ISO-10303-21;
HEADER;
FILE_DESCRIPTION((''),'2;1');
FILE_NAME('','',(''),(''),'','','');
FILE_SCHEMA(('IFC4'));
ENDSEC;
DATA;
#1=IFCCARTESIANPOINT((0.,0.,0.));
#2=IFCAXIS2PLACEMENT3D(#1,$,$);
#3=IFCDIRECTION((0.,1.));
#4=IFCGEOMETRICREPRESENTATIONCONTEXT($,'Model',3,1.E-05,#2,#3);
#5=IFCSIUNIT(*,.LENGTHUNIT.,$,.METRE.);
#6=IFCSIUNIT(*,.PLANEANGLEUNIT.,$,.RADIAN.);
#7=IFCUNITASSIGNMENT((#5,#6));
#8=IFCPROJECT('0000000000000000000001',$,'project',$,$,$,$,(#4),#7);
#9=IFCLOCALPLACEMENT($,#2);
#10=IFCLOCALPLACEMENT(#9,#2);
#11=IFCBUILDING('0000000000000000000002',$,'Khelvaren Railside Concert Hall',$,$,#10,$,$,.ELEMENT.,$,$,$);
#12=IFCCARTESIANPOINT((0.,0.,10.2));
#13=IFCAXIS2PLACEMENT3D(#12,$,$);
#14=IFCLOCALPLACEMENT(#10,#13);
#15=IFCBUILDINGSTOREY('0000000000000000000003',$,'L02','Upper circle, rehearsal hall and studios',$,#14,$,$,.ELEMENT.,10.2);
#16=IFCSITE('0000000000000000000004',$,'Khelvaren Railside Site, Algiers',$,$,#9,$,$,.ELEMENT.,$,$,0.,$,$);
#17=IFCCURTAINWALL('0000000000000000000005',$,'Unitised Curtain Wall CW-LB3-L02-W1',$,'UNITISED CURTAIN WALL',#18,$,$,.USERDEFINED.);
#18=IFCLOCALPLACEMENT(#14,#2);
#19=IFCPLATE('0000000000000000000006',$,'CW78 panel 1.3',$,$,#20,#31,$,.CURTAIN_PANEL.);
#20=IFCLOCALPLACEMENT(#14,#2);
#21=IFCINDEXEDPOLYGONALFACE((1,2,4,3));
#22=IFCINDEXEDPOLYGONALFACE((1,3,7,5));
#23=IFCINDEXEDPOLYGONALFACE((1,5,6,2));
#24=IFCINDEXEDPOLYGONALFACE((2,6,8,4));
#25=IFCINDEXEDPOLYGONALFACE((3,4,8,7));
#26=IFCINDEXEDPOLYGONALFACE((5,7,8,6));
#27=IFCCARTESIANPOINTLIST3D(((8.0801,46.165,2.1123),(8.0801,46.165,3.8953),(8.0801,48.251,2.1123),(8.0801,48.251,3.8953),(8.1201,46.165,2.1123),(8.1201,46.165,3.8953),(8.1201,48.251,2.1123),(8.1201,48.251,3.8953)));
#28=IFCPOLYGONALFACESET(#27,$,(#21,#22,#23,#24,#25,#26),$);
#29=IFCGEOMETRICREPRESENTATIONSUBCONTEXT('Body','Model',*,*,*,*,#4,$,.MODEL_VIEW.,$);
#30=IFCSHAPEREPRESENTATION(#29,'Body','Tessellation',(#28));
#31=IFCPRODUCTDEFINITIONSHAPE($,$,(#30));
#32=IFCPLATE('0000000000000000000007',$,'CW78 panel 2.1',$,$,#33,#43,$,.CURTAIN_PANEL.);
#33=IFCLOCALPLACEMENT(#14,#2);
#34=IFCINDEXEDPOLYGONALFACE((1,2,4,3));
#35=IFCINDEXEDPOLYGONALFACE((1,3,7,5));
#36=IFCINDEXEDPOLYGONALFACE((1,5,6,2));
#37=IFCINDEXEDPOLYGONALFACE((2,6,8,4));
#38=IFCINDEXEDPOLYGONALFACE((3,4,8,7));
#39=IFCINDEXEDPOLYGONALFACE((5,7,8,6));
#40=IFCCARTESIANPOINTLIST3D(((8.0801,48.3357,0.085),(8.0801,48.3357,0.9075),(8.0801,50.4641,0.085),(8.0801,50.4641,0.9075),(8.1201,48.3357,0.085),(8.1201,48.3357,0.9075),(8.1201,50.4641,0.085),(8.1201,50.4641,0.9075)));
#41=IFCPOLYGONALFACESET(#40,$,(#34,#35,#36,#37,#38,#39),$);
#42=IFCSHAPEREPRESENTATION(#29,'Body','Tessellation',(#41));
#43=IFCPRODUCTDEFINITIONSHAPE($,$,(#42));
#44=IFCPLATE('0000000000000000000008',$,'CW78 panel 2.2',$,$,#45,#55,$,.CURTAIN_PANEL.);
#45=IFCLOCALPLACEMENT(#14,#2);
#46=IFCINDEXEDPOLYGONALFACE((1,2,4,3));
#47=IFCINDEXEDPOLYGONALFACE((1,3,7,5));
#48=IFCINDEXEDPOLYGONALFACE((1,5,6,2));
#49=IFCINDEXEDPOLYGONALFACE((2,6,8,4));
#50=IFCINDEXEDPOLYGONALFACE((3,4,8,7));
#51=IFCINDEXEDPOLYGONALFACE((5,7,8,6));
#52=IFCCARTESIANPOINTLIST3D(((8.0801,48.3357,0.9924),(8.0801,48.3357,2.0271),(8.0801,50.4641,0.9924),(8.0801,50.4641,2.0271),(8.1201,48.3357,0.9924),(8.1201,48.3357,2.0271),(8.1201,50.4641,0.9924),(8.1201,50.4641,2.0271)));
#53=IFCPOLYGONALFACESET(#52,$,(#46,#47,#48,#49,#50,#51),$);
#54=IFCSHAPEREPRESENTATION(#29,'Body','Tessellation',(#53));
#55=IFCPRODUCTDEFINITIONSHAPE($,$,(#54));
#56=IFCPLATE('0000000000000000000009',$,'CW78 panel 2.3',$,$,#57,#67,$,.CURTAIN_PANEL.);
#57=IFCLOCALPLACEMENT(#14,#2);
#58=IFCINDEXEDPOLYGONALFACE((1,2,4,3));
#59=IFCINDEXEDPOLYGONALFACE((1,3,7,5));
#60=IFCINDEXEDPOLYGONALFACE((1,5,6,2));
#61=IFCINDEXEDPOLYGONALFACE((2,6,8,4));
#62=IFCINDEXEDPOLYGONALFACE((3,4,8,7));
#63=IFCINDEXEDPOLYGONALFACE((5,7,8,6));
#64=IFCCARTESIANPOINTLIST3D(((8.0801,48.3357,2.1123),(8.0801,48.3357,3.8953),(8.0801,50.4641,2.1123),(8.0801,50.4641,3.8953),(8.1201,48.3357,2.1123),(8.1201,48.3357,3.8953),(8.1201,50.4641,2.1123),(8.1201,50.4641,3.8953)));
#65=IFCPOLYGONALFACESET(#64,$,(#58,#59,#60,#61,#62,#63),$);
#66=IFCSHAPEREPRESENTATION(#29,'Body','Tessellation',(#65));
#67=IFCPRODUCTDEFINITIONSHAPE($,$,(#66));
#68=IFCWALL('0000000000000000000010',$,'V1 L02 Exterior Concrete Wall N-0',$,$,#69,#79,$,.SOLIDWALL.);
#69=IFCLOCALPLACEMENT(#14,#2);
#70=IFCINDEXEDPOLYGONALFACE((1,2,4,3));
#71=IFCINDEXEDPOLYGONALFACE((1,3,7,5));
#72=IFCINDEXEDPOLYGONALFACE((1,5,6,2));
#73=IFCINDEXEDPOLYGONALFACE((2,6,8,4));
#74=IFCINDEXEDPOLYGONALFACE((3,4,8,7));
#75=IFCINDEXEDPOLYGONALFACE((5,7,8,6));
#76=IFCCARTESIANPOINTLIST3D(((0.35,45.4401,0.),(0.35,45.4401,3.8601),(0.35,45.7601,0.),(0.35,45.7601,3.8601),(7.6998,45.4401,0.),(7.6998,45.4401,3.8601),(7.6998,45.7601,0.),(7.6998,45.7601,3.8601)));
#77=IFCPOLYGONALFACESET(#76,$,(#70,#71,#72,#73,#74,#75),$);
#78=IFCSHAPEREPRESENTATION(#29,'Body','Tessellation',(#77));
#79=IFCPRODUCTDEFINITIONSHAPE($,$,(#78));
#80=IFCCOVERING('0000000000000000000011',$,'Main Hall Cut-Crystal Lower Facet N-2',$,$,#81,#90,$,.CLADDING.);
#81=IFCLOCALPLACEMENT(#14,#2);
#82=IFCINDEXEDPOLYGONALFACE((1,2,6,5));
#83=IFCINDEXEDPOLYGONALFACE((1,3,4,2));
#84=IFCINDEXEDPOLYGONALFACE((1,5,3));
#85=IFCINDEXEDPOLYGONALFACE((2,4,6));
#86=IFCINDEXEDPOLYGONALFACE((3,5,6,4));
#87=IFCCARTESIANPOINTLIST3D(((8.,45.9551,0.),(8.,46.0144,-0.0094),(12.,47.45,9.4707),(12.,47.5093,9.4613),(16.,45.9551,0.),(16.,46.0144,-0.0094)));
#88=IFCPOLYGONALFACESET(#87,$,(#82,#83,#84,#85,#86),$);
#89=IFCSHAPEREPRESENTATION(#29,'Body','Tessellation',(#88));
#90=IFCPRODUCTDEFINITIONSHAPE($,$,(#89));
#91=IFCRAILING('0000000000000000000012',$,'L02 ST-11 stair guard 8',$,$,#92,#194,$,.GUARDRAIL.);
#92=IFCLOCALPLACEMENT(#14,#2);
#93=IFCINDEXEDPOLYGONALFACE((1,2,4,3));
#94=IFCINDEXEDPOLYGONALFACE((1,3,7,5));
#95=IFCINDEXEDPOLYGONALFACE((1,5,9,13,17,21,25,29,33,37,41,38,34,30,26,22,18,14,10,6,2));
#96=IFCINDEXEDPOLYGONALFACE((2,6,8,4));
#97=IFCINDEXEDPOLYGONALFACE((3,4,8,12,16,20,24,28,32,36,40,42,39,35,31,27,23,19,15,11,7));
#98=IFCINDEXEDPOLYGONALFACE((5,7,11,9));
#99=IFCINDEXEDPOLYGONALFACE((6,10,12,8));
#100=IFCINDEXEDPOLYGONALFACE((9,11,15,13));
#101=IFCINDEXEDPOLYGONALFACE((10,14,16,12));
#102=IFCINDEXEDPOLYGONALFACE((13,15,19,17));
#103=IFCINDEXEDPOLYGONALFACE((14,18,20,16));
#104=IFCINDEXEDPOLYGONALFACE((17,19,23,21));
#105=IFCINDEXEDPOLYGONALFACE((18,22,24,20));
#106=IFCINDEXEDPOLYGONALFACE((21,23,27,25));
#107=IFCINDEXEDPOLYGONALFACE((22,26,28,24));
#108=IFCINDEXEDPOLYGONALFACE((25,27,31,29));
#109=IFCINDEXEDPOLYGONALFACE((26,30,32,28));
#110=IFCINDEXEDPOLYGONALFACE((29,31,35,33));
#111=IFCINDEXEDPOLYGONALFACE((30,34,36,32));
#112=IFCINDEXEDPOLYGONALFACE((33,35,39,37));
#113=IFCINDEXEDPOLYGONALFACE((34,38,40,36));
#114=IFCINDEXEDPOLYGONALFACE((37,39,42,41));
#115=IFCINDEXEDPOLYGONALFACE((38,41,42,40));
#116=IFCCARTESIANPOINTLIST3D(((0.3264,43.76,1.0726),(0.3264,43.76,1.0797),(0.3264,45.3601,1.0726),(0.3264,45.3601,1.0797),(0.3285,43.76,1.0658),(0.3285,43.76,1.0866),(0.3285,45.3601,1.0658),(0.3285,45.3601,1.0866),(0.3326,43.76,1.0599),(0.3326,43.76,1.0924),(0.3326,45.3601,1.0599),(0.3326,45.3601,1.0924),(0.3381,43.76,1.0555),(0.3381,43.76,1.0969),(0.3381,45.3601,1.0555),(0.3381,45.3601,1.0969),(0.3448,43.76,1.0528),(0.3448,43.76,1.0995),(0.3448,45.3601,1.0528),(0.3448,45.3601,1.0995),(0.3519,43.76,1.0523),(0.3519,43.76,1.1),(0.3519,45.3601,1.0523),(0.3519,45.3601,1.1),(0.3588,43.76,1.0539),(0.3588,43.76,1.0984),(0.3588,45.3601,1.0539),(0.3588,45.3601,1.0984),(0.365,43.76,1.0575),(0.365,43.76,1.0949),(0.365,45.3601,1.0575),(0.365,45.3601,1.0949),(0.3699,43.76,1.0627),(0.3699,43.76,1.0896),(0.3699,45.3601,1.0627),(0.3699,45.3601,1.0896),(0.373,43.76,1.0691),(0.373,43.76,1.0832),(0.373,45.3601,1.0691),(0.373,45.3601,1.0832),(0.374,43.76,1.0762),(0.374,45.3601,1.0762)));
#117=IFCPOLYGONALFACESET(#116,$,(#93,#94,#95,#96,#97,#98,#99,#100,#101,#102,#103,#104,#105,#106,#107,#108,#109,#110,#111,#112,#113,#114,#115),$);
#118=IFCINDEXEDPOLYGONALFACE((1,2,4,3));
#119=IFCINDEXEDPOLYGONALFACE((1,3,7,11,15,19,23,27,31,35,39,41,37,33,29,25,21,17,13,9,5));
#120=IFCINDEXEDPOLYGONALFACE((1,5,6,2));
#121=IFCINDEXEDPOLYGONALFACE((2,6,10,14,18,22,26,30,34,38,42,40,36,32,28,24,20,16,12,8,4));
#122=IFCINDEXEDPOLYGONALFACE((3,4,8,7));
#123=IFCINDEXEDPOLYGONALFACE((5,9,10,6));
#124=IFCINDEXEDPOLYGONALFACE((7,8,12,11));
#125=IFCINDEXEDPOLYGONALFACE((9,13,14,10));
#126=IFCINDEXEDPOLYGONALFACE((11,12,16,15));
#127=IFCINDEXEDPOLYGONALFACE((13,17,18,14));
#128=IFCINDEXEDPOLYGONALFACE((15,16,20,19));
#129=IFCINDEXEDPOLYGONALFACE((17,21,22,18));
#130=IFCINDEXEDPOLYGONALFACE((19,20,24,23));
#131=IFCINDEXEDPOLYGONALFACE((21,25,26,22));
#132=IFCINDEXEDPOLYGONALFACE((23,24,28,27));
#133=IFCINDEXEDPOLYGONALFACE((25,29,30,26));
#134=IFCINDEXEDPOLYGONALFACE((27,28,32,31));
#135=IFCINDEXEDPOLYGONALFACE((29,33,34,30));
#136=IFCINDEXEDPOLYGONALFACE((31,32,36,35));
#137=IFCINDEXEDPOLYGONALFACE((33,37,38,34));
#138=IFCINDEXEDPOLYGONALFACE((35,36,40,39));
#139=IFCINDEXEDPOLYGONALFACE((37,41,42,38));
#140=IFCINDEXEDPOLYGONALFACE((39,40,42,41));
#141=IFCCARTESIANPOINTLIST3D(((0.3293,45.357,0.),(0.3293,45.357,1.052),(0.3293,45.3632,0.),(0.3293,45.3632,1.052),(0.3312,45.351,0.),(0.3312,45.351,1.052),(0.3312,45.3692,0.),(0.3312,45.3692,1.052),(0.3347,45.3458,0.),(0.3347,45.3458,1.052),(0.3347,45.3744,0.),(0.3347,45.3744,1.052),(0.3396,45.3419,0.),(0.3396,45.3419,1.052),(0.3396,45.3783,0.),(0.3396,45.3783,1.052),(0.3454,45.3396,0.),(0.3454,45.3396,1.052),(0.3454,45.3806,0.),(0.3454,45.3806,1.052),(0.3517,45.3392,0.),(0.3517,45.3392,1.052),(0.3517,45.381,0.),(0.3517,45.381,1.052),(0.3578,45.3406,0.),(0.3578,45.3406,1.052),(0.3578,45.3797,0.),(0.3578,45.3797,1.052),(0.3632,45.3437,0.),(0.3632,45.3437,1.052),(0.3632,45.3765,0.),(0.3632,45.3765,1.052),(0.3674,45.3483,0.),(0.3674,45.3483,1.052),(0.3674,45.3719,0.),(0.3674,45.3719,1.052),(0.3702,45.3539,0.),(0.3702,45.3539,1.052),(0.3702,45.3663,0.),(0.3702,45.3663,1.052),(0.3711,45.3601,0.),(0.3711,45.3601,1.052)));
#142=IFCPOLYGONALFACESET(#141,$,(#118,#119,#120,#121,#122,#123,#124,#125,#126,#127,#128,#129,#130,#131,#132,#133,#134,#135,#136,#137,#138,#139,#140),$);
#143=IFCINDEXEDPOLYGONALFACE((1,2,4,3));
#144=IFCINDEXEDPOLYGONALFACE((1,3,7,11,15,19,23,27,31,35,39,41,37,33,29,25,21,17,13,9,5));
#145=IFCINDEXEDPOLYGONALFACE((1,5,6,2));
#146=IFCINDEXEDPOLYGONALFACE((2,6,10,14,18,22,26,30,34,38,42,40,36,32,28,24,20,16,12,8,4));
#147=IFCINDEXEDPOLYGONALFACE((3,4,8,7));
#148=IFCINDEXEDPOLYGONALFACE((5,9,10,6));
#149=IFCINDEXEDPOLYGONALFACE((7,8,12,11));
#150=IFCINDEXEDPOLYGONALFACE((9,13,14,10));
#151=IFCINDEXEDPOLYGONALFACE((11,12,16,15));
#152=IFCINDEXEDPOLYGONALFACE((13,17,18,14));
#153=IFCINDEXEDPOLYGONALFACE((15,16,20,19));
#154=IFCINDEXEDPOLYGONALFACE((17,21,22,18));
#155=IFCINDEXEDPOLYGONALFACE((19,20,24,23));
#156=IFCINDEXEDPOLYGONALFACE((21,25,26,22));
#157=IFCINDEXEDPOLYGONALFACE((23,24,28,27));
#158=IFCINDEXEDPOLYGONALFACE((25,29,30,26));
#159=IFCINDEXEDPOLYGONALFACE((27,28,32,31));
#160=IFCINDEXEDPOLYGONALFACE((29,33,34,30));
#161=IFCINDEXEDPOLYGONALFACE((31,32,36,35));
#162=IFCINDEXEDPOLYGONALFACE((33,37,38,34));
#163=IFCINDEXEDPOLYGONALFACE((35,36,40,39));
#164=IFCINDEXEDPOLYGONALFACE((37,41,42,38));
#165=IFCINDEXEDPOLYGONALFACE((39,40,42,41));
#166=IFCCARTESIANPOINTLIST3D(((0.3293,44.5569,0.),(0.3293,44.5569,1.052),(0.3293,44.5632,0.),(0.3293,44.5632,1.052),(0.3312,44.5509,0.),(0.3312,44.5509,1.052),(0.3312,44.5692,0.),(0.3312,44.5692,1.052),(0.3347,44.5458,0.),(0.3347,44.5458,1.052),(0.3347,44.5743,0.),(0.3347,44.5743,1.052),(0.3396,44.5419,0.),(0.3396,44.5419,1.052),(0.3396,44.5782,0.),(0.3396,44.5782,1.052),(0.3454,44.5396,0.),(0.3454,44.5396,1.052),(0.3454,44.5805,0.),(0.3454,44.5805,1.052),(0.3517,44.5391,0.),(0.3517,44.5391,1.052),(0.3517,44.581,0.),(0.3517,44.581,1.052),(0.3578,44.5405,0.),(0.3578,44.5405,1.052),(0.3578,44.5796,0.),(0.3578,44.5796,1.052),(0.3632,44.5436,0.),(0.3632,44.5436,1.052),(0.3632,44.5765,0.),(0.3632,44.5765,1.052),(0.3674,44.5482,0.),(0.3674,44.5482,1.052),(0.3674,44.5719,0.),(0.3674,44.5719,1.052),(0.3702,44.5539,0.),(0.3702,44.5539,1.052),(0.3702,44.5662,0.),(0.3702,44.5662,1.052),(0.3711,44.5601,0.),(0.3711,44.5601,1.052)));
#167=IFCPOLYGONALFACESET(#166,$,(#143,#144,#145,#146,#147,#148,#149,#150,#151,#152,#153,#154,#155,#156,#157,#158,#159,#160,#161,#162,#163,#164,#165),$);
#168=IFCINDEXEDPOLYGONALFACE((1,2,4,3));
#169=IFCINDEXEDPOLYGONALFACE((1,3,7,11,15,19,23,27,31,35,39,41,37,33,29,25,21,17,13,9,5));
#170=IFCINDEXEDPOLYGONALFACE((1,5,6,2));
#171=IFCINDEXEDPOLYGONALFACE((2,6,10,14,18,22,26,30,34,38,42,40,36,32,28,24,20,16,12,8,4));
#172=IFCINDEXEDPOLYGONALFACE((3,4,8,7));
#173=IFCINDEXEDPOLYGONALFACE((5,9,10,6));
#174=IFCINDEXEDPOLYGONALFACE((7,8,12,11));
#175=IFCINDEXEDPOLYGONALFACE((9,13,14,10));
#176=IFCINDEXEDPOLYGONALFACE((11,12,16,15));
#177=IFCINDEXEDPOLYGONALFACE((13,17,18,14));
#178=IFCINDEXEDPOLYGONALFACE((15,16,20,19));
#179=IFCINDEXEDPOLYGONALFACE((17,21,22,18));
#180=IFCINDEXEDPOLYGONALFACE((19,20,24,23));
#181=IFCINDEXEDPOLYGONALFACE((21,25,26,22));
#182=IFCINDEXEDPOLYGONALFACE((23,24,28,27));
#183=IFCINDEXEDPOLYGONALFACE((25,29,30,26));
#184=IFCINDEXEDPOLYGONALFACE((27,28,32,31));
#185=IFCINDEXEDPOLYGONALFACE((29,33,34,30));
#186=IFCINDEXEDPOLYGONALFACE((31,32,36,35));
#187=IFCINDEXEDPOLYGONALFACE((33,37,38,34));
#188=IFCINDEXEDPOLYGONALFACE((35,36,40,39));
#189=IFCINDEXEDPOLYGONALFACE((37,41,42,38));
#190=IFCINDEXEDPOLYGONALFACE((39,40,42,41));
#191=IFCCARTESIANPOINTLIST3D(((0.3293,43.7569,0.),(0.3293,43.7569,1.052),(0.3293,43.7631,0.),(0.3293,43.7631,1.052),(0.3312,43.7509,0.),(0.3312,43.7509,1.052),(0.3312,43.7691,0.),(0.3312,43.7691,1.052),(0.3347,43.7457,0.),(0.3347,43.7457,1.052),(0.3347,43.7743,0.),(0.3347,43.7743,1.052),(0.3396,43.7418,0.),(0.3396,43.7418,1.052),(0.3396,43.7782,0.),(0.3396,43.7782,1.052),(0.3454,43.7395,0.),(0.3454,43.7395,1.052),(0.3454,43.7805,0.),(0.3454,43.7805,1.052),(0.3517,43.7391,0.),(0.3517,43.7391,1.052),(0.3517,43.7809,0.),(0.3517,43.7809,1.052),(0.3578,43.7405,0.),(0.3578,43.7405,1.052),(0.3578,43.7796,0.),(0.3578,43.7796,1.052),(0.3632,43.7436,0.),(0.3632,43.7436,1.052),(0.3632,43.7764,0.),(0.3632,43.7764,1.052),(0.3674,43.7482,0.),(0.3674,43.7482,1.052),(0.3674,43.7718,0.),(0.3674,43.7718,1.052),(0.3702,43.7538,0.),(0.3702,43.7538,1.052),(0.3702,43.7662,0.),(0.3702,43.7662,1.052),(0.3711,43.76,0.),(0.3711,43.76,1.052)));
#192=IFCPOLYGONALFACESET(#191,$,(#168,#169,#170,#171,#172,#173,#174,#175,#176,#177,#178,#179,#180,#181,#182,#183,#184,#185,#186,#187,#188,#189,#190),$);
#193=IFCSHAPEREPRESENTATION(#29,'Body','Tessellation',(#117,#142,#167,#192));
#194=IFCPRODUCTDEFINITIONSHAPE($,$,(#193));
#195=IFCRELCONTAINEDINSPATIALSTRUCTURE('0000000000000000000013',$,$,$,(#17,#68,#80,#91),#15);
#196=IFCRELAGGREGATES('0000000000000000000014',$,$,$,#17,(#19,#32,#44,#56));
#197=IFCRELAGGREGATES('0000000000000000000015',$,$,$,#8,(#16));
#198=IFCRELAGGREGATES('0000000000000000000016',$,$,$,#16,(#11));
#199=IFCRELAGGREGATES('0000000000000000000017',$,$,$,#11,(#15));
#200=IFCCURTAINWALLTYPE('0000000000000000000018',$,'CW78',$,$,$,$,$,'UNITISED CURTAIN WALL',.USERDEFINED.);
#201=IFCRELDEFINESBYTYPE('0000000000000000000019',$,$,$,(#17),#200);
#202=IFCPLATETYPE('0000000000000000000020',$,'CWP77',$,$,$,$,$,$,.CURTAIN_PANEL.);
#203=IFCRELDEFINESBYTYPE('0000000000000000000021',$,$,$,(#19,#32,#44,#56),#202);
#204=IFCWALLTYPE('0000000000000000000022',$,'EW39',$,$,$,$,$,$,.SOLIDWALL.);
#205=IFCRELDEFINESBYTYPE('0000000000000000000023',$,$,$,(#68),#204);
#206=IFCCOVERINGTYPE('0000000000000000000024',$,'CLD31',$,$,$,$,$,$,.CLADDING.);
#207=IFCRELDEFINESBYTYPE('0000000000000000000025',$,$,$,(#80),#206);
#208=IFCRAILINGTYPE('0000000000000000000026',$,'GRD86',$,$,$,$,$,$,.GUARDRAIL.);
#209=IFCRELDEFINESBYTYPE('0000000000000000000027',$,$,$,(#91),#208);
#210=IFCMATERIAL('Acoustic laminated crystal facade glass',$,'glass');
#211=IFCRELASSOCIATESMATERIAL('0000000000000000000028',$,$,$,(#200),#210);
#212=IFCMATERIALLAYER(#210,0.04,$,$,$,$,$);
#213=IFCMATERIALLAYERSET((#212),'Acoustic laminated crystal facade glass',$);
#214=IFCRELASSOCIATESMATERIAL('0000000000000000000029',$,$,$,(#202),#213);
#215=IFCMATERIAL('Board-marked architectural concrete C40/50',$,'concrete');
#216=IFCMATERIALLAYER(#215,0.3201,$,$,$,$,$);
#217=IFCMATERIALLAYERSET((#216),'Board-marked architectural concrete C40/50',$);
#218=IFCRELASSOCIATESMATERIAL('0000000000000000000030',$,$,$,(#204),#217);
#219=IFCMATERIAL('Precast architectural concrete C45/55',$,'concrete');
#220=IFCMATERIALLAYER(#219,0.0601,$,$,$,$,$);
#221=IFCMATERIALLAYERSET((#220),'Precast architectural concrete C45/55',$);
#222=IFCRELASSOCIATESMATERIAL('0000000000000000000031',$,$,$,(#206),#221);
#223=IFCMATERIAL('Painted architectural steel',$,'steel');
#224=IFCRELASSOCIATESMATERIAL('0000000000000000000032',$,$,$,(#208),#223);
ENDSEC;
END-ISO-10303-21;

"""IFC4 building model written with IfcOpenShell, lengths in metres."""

from ifc_helpers import new_model, si_unit, direction, frame, frame_2d, origin, origin_2d, place, context, subcontext, project, spatial, polyline, rectangle, circle, outline, extrude, material, layer, layer_set, type_object, element, aggregate, save


model = new_model("IFC4")

# Units and contexts
model_context = context("Model", 3, precision=1e-05, world=origin(), true_north=direction((0.0, 1.0)))
body_context = subcontext(model_context, "Body", "Model", "MODEL_VIEW")
ifc_project = project(units=[si_unit("LENGTHUNIT", "METRE"), si_unit("PLANEANGLEUNIT", "RADIAN")], contexts=[model_context])

# Site, building, storey
site_placement = place(None, origin())
site = spatial("IfcSite", under=ifc_project, at=site_placement, Name="Khelvaren Railside Site, Algiers", CompositionType="ELEMENT", RefElevation=0.0)
building_placement = place(site_placement, origin())
building = spatial("IfcBuilding", under=site, at=building_placement, Name="Khelvaren Railside Concert Hall", CompositionType="ELEMENT")
storey_placement = place(building_placement, frame((0.0, 0.0, 10.2)))
storey = spatial("IfcBuildingStorey", under=building, at=storey_placement, Name="L02", Description="Upper circle, rehearsal hall and studios", CompositionType="ELEMENT", Elevation=10.2)

# Curtain wall
ifc_material_1 = material(Name="Acoustic laminated crystal facade glass", Category="glass")
curtain_wall_type = type_object("IfcCurtainWallType", Name="CW78", ElementType="UNITISED CURTAIN WALL", PredefinedType="USERDEFINED", material=ifc_material_1)
curtain_wall_placement = place(storey_placement, origin())
curtain_wall = element("IfcCurtainWall", 1, at=curtain_wall_placement, inside=storey, type_object=curtain_wall_type, Name="Unitised Curtain Wall CW-LB3-L02-W1", ObjectType="UNITISED CURTAIN WALL", PredefinedType="USERDEFINED")

# Plates
ifc_layer_1 = layer(ifc_material_1, 0.04)
ifc_layer_set_1 = layer_set([ifc_layer_1], Name="Acoustic laminated crystal facade glass")
plate_type = type_object("IfcPlateType", Name="CWP77", PredefinedType="CURTAIN_PANEL", material=ifc_layer_set_1)
plate_1_placement = place(storey_placement, frame((8.1001, 47.208, 2.1123), z_axis=(0.0, 0.0, 1.0), x_axis=(0.0, 1.0, 0.0)))
plate_1 = element("IfcPlate", 2, at=plate_1_placement, type_object=plate_type, Name="CW78 panel 1.3", PredefinedType="CURTAIN_PANEL", context=body_context, shape_type="SweptSolid", body=[
    extrude(rectangle(XDim=2.0859, YDim=0.04, at=origin_2d()), origin(), (0.0, 0.0, 1.0), 1.783),
])
plate_2_placement = place(storey_placement, frame((8.1001, 49.3999, 0.085), z_axis=(0.0, 0.0, 1.0), x_axis=(0.0, 1.0, 0.0)))
plate_2 = element("IfcPlate", 3, at=plate_2_placement, type_object=plate_type, Name="CW78 panel 2.1", PredefinedType="CURTAIN_PANEL", context=body_context, shape_type="SweptSolid", body=[
    extrude(rectangle(XDim=2.1284, YDim=0.04, at=origin_2d()), origin(), (0.0, 0.0, 1.0), 0.8225),
])
plate_3_placement = place(storey_placement, frame((8.1001, 49.3999, 0.9924), z_axis=(0.0, 0.0, 1.0), x_axis=(0.0, 1.0, 0.0)))
plate_3 = element("IfcPlate", 4, at=plate_3_placement, type_object=plate_type, Name="CW78 panel 2.2", PredefinedType="CURTAIN_PANEL", context=body_context, shape_type="SweptSolid", body=[
    extrude(rectangle(XDim=2.1284, YDim=0.04, at=origin_2d()), origin(), (0.0, 0.0, 1.0), 1.0347),
])
plate_4_placement = place(storey_placement, frame((8.1001, 49.3999, 2.1123), z_axis=(0.0, 0.0, 1.0), x_axis=(0.0, 1.0, 0.0)))
plate_4 = element("IfcPlate", 5, at=plate_4_placement, type_object=plate_type, Name="CW78 panel 2.3", PredefinedType="CURTAIN_PANEL", context=body_context, shape_type="SweptSolid", body=[
    extrude(rectangle(XDim=2.1284, YDim=0.04, at=origin_2d()), origin(), (0.0, 0.0, 1.0), 1.783),
])
aggregate(curtain_wall, [plate_1, plate_2, plate_3, plate_4])

# Wall
ifc_material_2 = material(Name="Board-marked architectural concrete C40/50", Category="concrete")
ifc_layer_2 = layer(ifc_material_2, 0.3201)
ifc_layer_set_2 = layer_set([ifc_layer_2], Name="Board-marked architectural concrete C40/50")
wall_type = type_object("IfcWallType", Name="EW39", PredefinedType="SOLIDWALL", material=ifc_layer_set_2)
wall_placement = place(storey_placement, frame((0.3501, 45.6001, 0.0), z_axis=(0.0, 0.0, 1.0), x_axis=(1.0, 0.0, 0.0)))
element("IfcWall", 6, at=wall_placement, inside=storey, type_object=wall_type, Name="V1 L02 Exterior Concrete Wall N-0", PredefinedType="SOLIDWALL", context=body_context, shape_type="SweptSolid", body=[
    extrude(rectangle(XDim=7.3499, YDim=0.3201, at=frame_2d((3.6748, 0.0))), origin(), (0.0, 0.0, 1.0), 3.8601),
])

# Covering
ifc_material_3 = material(Name="Precast architectural concrete C45/55", Category="concrete")
ifc_layer_3 = layer(ifc_material_3, 0.0601)
ifc_layer_set_3 = layer_set([ifc_layer_3], Name="Precast architectural concrete C45/55")
covering_type = type_object("IfcCoveringType", Name="CLD31", PredefinedType="CLADDING", material=ifc_layer_set_3)
covering_placement = place(storey_placement, frame((8.0, 45.9551, 0.0), z_axis=(0.0, -0.987771, 0.155912), x_axis=(1.0, 0.0, 0.0)))
element("IfcCovering", 7, at=covering_placement, inside=storey, type_object=covering_type, Name="Main Hall Cut-Crystal Lower Facet N-2", PredefinedType="CLADDING", context=body_context, shape_type="SweptSolid", body=[
    extrude(outline(polyline([(0.0, 0.0), (8.0, 0.0), (4.0, 9.588), (0.0, 0.0)])), origin(), (0.0, 0.0, -1.0), 0.0601),
])

# Railing
ifc_material_4 = material(Name="Painted architectural steel", Category="steel")
railing_type = type_object("IfcRailingType", Name="GRD86", PredefinedType="GUARDRAIL", material=ifc_material_4)
for number, where, name in (
    (8, (0.3501, 45.3601, 0.0), "L02 ST-11 stair guard 8"),
):
    element("IfcRailing", number, at=place(storey_placement, frame(where)), inside=storey, type_object=railing_type, Name=name, PredefinedType="GUARDRAIL", context=body_context, shape_type="SweptSolid", body=[
        extrude(circle(Radius=0.0239, at=origin_2d()), frame((0.0, 0.0, 1.0762), z_axis=(0.0, -1.0, 0.0), x_axis=(1.0, 0.0, 0.0)), (0.0, 0.0, 1.0), 1.6001),
        extrude(circle(Radius=0.021, at=origin_2d()), origin(), (0.0, 0.0, 1.0), 1.052),
        extrude(circle(Radius=0.021, at=origin_2d()), frame((0.0, -0.8, 0.0)), (0.0, 0.0, 1.0), 1.052),
        extrude(circle(Radius=0.021, at=origin_2d()), frame((0.0, -1.6001, 0.0)), (0.0, 0.0, 1.0), 1.052),
    ])

save(model, "model.ifc")
